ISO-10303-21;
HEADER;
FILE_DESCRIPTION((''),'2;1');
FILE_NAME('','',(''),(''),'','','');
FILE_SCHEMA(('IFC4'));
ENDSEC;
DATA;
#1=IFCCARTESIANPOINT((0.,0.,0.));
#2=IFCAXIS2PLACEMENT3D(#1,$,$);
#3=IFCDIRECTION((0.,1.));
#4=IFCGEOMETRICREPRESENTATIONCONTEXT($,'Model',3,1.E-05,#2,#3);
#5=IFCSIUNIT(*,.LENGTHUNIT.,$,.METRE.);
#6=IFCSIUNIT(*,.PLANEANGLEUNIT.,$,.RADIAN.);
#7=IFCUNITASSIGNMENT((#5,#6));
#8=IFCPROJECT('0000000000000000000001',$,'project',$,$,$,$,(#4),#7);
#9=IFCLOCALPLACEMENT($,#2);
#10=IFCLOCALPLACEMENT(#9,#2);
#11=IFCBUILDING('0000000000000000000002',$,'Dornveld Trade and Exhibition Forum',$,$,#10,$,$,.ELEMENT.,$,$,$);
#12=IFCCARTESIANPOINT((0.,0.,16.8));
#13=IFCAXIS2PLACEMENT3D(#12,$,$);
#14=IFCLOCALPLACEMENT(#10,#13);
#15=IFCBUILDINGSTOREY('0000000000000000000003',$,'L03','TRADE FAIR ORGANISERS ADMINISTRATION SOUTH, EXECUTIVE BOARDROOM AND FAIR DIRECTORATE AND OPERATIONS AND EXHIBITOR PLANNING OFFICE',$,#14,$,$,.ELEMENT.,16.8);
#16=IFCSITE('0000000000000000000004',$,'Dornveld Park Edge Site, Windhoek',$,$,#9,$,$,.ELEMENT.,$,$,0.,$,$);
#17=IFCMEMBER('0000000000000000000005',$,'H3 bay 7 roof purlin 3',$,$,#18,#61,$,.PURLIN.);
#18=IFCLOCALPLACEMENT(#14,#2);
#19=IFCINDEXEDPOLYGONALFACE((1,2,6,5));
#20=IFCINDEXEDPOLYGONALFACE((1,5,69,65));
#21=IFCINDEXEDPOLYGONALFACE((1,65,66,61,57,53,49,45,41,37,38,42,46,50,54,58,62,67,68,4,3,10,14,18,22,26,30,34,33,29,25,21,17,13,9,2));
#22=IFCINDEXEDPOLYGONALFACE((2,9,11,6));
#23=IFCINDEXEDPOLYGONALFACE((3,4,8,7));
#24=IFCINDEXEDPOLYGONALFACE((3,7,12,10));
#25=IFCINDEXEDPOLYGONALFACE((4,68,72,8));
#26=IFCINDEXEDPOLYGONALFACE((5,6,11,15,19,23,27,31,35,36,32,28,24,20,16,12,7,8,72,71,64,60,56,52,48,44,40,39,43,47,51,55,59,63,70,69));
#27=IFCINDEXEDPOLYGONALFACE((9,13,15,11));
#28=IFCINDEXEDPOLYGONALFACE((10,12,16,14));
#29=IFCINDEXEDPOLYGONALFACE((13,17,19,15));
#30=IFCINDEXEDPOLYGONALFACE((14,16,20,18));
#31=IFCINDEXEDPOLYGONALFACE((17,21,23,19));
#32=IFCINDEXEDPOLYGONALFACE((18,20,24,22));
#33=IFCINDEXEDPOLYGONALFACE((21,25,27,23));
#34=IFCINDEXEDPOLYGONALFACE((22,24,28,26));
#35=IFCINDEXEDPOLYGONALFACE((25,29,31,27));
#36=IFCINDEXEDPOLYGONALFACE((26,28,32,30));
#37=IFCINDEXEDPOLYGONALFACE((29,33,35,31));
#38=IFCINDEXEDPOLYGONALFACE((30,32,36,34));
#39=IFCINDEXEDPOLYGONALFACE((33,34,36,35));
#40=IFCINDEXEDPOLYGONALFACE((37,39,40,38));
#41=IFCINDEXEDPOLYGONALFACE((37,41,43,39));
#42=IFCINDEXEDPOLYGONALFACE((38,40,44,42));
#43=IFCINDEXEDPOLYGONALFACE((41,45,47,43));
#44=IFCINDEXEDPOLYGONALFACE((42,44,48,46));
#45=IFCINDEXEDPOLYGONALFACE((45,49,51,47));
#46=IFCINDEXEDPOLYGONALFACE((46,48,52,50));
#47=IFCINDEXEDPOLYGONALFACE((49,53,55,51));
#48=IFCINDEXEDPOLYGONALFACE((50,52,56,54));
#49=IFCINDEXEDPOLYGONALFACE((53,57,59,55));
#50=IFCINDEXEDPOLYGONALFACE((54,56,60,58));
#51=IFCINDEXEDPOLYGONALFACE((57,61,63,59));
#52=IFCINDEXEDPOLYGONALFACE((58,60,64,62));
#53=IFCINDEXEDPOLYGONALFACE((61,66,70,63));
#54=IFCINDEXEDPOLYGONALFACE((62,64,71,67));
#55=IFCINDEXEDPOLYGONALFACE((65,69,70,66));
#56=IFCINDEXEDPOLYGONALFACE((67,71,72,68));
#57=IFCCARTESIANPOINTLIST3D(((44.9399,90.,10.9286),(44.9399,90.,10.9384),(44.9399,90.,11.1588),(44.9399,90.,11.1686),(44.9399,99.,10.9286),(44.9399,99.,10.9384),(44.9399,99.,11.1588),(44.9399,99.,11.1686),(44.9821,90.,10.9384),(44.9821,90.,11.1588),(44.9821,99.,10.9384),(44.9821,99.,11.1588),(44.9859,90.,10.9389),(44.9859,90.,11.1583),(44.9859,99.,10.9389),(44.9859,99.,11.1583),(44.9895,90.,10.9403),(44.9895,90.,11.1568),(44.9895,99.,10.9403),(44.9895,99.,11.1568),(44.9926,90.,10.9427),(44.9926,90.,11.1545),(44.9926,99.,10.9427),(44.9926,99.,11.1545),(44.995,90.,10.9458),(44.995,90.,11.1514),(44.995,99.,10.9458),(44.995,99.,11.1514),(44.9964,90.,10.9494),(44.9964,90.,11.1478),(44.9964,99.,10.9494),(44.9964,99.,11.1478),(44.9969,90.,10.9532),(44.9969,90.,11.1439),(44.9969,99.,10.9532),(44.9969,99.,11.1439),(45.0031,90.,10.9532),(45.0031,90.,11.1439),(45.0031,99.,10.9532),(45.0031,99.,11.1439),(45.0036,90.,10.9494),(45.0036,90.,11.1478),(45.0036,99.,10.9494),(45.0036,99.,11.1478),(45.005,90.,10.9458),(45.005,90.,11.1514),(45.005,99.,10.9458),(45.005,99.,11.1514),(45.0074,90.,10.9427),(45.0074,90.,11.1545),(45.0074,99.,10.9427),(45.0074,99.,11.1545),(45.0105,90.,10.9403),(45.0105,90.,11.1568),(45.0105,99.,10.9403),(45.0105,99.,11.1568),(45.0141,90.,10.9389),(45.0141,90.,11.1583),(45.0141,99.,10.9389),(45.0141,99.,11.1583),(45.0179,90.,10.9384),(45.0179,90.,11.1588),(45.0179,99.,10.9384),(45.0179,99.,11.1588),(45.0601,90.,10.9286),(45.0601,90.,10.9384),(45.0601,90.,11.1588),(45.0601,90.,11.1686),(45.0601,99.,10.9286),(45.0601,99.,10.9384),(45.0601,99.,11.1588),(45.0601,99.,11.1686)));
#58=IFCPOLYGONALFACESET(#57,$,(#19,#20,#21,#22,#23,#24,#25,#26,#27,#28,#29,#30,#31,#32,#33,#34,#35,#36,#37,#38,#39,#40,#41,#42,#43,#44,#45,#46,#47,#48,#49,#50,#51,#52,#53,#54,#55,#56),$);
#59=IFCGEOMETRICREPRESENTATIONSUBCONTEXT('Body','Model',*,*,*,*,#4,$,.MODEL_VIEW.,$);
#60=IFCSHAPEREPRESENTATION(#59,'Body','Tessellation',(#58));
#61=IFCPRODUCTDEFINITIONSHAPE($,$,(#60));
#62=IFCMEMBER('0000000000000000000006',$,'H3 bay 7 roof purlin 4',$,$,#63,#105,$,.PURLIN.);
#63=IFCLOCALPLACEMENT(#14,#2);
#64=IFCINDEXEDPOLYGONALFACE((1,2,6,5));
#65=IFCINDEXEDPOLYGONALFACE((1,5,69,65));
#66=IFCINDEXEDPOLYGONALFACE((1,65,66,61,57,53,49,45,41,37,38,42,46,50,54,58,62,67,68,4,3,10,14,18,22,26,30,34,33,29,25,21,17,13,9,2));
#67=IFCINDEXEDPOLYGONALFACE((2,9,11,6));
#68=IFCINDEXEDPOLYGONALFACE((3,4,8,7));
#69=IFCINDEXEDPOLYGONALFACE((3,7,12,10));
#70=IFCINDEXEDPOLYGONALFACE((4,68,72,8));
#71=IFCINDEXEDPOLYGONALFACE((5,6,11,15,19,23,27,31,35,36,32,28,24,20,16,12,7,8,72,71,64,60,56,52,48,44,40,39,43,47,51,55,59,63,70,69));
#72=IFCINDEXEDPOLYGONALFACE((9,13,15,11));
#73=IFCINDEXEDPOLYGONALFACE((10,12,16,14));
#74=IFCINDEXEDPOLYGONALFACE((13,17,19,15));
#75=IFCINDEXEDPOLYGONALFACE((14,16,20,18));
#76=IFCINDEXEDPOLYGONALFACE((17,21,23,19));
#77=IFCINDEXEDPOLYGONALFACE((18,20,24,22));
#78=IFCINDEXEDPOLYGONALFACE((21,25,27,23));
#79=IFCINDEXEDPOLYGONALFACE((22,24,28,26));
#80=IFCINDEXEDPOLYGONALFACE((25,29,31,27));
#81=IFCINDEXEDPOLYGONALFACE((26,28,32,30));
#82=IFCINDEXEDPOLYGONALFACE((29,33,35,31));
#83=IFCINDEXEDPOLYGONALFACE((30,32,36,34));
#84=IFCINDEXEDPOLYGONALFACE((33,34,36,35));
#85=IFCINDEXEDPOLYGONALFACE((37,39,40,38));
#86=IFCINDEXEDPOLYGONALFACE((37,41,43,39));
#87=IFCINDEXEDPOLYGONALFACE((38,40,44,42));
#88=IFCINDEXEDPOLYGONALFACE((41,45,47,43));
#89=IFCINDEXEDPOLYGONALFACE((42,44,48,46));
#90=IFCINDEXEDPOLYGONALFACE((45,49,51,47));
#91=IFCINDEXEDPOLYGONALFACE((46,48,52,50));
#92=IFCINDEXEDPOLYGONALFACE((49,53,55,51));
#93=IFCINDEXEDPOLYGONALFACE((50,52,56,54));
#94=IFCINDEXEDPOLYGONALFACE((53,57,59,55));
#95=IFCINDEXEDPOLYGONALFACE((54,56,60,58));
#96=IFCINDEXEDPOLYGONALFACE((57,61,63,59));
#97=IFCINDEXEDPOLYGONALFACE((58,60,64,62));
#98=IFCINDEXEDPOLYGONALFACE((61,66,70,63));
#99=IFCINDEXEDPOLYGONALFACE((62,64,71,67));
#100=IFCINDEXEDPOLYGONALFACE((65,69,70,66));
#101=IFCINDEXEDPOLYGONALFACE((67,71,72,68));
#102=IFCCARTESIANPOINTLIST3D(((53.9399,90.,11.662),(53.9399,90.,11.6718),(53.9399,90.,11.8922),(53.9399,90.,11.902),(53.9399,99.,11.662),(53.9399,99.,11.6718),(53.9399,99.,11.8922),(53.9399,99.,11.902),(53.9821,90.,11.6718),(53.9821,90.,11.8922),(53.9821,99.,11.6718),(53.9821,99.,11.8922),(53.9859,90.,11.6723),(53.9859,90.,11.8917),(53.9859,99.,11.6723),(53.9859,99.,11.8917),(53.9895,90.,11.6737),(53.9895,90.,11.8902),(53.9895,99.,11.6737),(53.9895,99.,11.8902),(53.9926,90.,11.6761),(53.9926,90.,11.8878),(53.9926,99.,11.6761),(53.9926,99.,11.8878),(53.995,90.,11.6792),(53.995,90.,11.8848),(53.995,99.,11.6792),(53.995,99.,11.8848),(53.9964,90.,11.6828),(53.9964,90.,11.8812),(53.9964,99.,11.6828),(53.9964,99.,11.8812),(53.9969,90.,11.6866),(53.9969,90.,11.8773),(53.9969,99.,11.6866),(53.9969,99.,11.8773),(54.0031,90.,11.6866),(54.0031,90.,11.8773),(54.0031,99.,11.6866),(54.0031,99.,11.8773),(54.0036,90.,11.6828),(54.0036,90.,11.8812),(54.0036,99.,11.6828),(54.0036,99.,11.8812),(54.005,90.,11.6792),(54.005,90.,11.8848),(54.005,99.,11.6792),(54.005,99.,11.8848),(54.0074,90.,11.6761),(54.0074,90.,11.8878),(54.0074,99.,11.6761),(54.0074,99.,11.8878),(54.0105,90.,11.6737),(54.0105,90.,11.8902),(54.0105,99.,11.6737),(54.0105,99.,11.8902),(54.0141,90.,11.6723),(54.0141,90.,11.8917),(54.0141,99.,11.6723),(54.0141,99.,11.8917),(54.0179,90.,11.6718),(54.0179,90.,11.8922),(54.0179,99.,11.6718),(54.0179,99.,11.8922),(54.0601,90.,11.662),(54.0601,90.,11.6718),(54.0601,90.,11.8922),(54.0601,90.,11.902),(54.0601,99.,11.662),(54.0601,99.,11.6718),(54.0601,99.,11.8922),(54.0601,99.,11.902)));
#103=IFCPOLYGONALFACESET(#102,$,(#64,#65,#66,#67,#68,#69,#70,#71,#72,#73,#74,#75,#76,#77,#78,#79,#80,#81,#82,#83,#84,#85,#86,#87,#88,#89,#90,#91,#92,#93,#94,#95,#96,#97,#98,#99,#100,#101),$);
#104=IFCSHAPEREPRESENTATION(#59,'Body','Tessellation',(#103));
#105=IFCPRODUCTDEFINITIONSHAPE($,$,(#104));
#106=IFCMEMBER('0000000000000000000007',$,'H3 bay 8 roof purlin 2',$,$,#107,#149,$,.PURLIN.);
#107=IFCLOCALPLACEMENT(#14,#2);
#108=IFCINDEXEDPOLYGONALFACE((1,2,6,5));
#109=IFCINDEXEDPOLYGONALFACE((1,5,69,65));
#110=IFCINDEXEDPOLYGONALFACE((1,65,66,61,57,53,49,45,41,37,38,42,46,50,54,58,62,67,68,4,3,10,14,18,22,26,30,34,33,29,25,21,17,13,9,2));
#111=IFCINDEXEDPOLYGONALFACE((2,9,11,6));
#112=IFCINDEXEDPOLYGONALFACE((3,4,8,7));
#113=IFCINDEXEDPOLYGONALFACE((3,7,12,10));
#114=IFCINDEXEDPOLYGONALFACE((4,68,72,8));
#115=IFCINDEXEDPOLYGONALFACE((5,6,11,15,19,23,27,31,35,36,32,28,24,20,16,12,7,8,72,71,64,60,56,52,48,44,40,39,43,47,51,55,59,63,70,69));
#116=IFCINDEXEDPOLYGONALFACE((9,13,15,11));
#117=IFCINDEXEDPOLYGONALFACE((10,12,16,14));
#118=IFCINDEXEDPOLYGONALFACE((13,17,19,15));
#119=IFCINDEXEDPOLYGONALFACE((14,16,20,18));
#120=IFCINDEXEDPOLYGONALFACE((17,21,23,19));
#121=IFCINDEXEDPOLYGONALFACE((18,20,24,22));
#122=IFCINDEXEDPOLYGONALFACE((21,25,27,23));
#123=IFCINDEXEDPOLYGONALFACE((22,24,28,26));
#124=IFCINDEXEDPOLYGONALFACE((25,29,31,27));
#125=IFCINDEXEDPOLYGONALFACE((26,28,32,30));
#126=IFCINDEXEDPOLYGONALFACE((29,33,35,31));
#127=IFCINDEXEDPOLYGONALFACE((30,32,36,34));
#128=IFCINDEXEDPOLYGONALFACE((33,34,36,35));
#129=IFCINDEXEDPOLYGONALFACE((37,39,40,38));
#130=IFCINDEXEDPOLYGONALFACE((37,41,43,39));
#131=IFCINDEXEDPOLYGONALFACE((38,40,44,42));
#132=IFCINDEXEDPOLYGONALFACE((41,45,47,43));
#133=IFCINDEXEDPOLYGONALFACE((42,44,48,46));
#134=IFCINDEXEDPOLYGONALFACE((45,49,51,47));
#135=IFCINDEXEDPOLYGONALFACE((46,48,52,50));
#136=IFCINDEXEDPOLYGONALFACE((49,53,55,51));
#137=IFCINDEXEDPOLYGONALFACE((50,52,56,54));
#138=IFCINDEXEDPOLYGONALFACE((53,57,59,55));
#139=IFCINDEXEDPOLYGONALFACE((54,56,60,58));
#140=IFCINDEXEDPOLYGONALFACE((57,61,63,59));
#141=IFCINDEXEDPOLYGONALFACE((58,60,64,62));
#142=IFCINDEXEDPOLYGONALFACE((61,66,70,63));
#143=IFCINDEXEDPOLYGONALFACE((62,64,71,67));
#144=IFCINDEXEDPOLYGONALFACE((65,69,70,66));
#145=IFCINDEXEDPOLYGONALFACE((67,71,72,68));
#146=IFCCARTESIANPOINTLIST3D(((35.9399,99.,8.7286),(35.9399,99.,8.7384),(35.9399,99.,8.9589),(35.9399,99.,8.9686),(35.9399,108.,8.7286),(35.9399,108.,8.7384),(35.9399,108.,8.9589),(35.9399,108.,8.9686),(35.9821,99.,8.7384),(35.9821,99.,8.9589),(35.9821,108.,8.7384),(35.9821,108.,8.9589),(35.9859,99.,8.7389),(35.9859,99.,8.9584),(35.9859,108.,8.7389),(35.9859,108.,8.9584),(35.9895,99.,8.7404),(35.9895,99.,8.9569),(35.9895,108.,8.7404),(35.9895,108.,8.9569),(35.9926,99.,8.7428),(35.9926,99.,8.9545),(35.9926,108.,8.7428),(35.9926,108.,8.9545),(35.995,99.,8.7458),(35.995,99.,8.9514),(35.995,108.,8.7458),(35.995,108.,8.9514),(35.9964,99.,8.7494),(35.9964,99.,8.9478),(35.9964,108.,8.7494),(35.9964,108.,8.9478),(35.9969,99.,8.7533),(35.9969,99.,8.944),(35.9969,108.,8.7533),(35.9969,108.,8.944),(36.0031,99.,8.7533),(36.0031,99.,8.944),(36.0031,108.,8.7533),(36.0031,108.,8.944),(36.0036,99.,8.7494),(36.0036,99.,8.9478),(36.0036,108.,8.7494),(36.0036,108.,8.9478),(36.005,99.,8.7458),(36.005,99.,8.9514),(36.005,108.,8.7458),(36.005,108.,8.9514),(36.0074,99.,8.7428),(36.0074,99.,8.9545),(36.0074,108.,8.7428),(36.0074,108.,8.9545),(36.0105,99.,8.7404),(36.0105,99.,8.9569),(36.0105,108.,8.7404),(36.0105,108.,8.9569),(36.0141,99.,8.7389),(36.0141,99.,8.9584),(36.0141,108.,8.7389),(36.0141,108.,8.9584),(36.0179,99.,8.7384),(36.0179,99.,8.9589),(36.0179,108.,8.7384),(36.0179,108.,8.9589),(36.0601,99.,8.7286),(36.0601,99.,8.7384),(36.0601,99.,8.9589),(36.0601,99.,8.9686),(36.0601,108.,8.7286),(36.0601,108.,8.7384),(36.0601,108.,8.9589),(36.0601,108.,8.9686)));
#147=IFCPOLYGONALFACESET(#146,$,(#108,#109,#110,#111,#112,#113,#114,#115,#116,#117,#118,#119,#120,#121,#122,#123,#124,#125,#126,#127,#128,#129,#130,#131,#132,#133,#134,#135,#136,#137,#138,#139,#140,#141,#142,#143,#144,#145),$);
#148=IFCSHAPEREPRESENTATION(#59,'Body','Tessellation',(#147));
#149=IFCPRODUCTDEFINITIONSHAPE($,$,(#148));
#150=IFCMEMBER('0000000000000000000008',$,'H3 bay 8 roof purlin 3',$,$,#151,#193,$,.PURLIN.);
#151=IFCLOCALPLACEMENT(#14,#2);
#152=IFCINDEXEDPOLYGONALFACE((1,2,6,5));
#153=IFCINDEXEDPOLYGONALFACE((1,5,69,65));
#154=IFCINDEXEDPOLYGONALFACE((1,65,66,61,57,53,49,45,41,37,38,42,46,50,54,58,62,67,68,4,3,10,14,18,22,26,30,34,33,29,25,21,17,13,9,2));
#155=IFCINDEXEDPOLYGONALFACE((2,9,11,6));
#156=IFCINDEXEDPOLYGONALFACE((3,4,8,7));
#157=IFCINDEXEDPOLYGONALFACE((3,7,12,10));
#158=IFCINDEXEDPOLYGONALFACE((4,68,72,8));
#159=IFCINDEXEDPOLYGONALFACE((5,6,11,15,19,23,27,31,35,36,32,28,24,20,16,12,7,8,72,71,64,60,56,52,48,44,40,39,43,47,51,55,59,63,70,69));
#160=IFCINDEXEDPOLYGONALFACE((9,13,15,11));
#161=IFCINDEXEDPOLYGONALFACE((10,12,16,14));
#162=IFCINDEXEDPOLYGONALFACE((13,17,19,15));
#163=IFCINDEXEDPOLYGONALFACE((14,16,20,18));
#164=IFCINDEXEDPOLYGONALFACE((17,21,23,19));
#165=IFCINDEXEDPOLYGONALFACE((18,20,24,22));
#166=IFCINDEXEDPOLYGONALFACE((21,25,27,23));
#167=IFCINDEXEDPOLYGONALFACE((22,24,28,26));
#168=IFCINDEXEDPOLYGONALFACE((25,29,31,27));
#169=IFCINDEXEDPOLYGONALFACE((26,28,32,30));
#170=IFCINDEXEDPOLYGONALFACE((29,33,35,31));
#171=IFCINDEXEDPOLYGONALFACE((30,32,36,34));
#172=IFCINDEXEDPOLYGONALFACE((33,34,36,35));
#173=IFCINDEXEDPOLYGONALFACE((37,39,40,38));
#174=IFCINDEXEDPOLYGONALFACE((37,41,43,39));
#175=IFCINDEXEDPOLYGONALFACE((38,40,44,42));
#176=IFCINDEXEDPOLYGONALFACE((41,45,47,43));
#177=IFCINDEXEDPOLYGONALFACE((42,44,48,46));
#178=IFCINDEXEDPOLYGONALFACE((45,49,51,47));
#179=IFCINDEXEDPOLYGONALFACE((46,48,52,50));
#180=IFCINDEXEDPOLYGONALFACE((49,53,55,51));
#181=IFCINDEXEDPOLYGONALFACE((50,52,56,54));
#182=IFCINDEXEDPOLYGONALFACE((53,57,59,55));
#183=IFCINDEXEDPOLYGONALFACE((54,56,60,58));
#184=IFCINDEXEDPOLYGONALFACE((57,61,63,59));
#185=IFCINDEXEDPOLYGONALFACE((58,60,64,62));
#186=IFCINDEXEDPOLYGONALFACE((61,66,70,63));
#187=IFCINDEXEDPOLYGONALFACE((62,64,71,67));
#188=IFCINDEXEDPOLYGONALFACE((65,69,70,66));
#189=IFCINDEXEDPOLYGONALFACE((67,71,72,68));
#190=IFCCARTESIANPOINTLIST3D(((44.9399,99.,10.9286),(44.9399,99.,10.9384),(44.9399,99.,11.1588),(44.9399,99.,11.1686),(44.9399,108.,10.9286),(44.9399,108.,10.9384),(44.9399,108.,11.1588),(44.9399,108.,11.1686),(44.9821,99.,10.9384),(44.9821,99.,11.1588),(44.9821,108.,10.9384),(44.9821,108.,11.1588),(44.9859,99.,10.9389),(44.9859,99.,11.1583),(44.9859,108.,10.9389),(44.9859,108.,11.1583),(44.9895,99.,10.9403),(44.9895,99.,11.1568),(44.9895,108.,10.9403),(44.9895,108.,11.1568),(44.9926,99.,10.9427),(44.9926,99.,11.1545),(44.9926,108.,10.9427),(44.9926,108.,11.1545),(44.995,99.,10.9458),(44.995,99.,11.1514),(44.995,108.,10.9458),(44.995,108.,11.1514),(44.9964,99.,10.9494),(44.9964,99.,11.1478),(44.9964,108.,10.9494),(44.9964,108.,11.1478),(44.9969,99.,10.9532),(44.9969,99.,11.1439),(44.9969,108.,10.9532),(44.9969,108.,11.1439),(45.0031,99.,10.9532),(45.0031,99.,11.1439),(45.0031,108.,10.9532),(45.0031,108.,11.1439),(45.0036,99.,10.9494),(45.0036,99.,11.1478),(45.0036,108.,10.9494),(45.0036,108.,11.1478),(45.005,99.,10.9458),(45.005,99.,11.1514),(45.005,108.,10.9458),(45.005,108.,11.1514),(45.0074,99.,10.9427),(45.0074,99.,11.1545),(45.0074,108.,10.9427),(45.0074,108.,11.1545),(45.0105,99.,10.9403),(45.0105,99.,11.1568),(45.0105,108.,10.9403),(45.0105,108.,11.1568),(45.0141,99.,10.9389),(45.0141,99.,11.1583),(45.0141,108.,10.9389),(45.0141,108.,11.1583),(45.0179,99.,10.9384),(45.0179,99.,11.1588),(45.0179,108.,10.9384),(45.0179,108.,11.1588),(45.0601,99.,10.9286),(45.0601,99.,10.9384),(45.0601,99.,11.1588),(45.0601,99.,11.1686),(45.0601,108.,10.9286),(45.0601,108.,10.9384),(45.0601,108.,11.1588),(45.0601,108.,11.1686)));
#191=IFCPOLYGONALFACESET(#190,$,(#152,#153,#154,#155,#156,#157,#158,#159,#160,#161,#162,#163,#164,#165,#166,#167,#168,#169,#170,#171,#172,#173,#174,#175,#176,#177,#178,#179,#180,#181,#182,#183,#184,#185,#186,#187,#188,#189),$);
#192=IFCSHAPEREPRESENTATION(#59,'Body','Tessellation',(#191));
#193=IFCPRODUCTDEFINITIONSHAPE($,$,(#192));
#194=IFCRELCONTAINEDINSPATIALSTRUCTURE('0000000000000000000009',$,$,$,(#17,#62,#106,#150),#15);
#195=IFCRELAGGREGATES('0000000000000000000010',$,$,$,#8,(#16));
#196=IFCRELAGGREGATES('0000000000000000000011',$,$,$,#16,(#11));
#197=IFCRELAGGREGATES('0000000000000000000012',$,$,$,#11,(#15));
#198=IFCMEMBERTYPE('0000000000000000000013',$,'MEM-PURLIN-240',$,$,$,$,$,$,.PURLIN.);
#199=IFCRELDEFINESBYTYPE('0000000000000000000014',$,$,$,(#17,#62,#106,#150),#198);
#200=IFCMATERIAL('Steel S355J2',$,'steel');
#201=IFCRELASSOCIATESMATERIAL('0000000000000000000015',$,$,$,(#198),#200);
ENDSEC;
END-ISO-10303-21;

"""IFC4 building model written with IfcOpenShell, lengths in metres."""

from ifc_helpers import new_model, si_unit, direction, frame, origin, origin_2d, place, context, subcontext, project, spatial, i_section, extrude, material, material_profile, profile_set, type_object, element, save


model = new_model("IFC4")

# Units and contexts
model_context = context("Model", 3, precision=1e-05, world=origin(), true_north=direction((0.0, 1.0)))
body_context = subcontext(model_context, "Body", "Model", "MODEL_VIEW")
ifc_project = project(units=[si_unit("LENGTHUNIT", "METRE"), si_unit("PLANEANGLEUNIT", "RADIAN")], contexts=[model_context])

# Site, building, storey
site_placement = place(None, origin())
site = spatial("IfcSite", under=ifc_project, at=site_placement, Name="Dornveld Park Edge Site, Windhoek", CompositionType="ELEMENT", RefElevation=0.0)
building_placement = place(site_placement, origin())
building = spatial("IfcBuilding", under=site, at=building_placement, Name="Dornveld Trade and Exhibition Forum", CompositionType="ELEMENT")
storey_placement = place(building_placement, frame((0.0, 0.0, 16.8)))
storey = spatial("IfcBuildingStorey", under=building, at=storey_placement, Name="L03", Description="TRADE FAIR ORGANISERS ADMINISTRATION SOUTH, EXECUTIVE BOARDROOM AND FAIR DIRECTORATE AND OPERATIONS AND EXHIBITOR PLANNING OFFICE", CompositionType="ELEMENT", Elevation=16.8)

# Members
ifc_material_1 = material(Name="Steel S355J2", Category="steel")
ifc_material_profile_1 = material_profile(ifc_material_1, i_section(OverallWidth=0.1201, OverallDepth=0.24, WebThickness=0.0061, FlangeThickness=0.0098, FilletRadius=0.0149, at=origin_2d()), Name="IPE 240")
ifc_profile_set_1 = profile_set([ifc_material_profile_1], Name="Steel S355J2")
member_type_1 = type_object("IfcMemberType", Name="MEM-PURLIN-240", PredefinedType="PURLIN", material=ifc_profile_set_1)
for number, where, z_axis, x_axis, name in (
    (1, (45.0, 90.0, 11.0486), (0.0, 1.0, 0.0), (-1.0, 0.0, 0.0), "H3 bay 7 roof purlin 3"),
    (2, (54.0, 90.0, 11.782), (0.0, 1.0, 0.0), (-1.0, 0.0, 0.0), "H3 bay 7 roof purlin 4"),
    (3, (36.0, 99.0, 8.8486), (0.0, 1.0, 0.0), (-1.0, 0.0, 0.0), "H3 bay 8 roof purlin 2"),
    (4, (45.0, 99.0, 11.0486), (0.0, 1.0, 0.0), (-1.0, 0.0, 0.0), "H3 bay 8 roof purlin 3"),
):
    element("IfcMember", number, at=place(storey_placement, frame(where, z_axis=z_axis, x_axis=x_axis)), inside=storey, type_object=member_type_1, Name=name, PredefinedType="PURLIN", context=body_context, shape_type="SweptSolid", body=[
        extrude(i_section(OverallWidth=0.1201, OverallDepth=0.24, WebThickness=0.0061, FlangeThickness=0.0098, FilletRadius=0.0149, at=origin_2d()), origin(), (0.0, 0.0, 1.0), 9.0),
    ])

save(model, "model.ifc")
